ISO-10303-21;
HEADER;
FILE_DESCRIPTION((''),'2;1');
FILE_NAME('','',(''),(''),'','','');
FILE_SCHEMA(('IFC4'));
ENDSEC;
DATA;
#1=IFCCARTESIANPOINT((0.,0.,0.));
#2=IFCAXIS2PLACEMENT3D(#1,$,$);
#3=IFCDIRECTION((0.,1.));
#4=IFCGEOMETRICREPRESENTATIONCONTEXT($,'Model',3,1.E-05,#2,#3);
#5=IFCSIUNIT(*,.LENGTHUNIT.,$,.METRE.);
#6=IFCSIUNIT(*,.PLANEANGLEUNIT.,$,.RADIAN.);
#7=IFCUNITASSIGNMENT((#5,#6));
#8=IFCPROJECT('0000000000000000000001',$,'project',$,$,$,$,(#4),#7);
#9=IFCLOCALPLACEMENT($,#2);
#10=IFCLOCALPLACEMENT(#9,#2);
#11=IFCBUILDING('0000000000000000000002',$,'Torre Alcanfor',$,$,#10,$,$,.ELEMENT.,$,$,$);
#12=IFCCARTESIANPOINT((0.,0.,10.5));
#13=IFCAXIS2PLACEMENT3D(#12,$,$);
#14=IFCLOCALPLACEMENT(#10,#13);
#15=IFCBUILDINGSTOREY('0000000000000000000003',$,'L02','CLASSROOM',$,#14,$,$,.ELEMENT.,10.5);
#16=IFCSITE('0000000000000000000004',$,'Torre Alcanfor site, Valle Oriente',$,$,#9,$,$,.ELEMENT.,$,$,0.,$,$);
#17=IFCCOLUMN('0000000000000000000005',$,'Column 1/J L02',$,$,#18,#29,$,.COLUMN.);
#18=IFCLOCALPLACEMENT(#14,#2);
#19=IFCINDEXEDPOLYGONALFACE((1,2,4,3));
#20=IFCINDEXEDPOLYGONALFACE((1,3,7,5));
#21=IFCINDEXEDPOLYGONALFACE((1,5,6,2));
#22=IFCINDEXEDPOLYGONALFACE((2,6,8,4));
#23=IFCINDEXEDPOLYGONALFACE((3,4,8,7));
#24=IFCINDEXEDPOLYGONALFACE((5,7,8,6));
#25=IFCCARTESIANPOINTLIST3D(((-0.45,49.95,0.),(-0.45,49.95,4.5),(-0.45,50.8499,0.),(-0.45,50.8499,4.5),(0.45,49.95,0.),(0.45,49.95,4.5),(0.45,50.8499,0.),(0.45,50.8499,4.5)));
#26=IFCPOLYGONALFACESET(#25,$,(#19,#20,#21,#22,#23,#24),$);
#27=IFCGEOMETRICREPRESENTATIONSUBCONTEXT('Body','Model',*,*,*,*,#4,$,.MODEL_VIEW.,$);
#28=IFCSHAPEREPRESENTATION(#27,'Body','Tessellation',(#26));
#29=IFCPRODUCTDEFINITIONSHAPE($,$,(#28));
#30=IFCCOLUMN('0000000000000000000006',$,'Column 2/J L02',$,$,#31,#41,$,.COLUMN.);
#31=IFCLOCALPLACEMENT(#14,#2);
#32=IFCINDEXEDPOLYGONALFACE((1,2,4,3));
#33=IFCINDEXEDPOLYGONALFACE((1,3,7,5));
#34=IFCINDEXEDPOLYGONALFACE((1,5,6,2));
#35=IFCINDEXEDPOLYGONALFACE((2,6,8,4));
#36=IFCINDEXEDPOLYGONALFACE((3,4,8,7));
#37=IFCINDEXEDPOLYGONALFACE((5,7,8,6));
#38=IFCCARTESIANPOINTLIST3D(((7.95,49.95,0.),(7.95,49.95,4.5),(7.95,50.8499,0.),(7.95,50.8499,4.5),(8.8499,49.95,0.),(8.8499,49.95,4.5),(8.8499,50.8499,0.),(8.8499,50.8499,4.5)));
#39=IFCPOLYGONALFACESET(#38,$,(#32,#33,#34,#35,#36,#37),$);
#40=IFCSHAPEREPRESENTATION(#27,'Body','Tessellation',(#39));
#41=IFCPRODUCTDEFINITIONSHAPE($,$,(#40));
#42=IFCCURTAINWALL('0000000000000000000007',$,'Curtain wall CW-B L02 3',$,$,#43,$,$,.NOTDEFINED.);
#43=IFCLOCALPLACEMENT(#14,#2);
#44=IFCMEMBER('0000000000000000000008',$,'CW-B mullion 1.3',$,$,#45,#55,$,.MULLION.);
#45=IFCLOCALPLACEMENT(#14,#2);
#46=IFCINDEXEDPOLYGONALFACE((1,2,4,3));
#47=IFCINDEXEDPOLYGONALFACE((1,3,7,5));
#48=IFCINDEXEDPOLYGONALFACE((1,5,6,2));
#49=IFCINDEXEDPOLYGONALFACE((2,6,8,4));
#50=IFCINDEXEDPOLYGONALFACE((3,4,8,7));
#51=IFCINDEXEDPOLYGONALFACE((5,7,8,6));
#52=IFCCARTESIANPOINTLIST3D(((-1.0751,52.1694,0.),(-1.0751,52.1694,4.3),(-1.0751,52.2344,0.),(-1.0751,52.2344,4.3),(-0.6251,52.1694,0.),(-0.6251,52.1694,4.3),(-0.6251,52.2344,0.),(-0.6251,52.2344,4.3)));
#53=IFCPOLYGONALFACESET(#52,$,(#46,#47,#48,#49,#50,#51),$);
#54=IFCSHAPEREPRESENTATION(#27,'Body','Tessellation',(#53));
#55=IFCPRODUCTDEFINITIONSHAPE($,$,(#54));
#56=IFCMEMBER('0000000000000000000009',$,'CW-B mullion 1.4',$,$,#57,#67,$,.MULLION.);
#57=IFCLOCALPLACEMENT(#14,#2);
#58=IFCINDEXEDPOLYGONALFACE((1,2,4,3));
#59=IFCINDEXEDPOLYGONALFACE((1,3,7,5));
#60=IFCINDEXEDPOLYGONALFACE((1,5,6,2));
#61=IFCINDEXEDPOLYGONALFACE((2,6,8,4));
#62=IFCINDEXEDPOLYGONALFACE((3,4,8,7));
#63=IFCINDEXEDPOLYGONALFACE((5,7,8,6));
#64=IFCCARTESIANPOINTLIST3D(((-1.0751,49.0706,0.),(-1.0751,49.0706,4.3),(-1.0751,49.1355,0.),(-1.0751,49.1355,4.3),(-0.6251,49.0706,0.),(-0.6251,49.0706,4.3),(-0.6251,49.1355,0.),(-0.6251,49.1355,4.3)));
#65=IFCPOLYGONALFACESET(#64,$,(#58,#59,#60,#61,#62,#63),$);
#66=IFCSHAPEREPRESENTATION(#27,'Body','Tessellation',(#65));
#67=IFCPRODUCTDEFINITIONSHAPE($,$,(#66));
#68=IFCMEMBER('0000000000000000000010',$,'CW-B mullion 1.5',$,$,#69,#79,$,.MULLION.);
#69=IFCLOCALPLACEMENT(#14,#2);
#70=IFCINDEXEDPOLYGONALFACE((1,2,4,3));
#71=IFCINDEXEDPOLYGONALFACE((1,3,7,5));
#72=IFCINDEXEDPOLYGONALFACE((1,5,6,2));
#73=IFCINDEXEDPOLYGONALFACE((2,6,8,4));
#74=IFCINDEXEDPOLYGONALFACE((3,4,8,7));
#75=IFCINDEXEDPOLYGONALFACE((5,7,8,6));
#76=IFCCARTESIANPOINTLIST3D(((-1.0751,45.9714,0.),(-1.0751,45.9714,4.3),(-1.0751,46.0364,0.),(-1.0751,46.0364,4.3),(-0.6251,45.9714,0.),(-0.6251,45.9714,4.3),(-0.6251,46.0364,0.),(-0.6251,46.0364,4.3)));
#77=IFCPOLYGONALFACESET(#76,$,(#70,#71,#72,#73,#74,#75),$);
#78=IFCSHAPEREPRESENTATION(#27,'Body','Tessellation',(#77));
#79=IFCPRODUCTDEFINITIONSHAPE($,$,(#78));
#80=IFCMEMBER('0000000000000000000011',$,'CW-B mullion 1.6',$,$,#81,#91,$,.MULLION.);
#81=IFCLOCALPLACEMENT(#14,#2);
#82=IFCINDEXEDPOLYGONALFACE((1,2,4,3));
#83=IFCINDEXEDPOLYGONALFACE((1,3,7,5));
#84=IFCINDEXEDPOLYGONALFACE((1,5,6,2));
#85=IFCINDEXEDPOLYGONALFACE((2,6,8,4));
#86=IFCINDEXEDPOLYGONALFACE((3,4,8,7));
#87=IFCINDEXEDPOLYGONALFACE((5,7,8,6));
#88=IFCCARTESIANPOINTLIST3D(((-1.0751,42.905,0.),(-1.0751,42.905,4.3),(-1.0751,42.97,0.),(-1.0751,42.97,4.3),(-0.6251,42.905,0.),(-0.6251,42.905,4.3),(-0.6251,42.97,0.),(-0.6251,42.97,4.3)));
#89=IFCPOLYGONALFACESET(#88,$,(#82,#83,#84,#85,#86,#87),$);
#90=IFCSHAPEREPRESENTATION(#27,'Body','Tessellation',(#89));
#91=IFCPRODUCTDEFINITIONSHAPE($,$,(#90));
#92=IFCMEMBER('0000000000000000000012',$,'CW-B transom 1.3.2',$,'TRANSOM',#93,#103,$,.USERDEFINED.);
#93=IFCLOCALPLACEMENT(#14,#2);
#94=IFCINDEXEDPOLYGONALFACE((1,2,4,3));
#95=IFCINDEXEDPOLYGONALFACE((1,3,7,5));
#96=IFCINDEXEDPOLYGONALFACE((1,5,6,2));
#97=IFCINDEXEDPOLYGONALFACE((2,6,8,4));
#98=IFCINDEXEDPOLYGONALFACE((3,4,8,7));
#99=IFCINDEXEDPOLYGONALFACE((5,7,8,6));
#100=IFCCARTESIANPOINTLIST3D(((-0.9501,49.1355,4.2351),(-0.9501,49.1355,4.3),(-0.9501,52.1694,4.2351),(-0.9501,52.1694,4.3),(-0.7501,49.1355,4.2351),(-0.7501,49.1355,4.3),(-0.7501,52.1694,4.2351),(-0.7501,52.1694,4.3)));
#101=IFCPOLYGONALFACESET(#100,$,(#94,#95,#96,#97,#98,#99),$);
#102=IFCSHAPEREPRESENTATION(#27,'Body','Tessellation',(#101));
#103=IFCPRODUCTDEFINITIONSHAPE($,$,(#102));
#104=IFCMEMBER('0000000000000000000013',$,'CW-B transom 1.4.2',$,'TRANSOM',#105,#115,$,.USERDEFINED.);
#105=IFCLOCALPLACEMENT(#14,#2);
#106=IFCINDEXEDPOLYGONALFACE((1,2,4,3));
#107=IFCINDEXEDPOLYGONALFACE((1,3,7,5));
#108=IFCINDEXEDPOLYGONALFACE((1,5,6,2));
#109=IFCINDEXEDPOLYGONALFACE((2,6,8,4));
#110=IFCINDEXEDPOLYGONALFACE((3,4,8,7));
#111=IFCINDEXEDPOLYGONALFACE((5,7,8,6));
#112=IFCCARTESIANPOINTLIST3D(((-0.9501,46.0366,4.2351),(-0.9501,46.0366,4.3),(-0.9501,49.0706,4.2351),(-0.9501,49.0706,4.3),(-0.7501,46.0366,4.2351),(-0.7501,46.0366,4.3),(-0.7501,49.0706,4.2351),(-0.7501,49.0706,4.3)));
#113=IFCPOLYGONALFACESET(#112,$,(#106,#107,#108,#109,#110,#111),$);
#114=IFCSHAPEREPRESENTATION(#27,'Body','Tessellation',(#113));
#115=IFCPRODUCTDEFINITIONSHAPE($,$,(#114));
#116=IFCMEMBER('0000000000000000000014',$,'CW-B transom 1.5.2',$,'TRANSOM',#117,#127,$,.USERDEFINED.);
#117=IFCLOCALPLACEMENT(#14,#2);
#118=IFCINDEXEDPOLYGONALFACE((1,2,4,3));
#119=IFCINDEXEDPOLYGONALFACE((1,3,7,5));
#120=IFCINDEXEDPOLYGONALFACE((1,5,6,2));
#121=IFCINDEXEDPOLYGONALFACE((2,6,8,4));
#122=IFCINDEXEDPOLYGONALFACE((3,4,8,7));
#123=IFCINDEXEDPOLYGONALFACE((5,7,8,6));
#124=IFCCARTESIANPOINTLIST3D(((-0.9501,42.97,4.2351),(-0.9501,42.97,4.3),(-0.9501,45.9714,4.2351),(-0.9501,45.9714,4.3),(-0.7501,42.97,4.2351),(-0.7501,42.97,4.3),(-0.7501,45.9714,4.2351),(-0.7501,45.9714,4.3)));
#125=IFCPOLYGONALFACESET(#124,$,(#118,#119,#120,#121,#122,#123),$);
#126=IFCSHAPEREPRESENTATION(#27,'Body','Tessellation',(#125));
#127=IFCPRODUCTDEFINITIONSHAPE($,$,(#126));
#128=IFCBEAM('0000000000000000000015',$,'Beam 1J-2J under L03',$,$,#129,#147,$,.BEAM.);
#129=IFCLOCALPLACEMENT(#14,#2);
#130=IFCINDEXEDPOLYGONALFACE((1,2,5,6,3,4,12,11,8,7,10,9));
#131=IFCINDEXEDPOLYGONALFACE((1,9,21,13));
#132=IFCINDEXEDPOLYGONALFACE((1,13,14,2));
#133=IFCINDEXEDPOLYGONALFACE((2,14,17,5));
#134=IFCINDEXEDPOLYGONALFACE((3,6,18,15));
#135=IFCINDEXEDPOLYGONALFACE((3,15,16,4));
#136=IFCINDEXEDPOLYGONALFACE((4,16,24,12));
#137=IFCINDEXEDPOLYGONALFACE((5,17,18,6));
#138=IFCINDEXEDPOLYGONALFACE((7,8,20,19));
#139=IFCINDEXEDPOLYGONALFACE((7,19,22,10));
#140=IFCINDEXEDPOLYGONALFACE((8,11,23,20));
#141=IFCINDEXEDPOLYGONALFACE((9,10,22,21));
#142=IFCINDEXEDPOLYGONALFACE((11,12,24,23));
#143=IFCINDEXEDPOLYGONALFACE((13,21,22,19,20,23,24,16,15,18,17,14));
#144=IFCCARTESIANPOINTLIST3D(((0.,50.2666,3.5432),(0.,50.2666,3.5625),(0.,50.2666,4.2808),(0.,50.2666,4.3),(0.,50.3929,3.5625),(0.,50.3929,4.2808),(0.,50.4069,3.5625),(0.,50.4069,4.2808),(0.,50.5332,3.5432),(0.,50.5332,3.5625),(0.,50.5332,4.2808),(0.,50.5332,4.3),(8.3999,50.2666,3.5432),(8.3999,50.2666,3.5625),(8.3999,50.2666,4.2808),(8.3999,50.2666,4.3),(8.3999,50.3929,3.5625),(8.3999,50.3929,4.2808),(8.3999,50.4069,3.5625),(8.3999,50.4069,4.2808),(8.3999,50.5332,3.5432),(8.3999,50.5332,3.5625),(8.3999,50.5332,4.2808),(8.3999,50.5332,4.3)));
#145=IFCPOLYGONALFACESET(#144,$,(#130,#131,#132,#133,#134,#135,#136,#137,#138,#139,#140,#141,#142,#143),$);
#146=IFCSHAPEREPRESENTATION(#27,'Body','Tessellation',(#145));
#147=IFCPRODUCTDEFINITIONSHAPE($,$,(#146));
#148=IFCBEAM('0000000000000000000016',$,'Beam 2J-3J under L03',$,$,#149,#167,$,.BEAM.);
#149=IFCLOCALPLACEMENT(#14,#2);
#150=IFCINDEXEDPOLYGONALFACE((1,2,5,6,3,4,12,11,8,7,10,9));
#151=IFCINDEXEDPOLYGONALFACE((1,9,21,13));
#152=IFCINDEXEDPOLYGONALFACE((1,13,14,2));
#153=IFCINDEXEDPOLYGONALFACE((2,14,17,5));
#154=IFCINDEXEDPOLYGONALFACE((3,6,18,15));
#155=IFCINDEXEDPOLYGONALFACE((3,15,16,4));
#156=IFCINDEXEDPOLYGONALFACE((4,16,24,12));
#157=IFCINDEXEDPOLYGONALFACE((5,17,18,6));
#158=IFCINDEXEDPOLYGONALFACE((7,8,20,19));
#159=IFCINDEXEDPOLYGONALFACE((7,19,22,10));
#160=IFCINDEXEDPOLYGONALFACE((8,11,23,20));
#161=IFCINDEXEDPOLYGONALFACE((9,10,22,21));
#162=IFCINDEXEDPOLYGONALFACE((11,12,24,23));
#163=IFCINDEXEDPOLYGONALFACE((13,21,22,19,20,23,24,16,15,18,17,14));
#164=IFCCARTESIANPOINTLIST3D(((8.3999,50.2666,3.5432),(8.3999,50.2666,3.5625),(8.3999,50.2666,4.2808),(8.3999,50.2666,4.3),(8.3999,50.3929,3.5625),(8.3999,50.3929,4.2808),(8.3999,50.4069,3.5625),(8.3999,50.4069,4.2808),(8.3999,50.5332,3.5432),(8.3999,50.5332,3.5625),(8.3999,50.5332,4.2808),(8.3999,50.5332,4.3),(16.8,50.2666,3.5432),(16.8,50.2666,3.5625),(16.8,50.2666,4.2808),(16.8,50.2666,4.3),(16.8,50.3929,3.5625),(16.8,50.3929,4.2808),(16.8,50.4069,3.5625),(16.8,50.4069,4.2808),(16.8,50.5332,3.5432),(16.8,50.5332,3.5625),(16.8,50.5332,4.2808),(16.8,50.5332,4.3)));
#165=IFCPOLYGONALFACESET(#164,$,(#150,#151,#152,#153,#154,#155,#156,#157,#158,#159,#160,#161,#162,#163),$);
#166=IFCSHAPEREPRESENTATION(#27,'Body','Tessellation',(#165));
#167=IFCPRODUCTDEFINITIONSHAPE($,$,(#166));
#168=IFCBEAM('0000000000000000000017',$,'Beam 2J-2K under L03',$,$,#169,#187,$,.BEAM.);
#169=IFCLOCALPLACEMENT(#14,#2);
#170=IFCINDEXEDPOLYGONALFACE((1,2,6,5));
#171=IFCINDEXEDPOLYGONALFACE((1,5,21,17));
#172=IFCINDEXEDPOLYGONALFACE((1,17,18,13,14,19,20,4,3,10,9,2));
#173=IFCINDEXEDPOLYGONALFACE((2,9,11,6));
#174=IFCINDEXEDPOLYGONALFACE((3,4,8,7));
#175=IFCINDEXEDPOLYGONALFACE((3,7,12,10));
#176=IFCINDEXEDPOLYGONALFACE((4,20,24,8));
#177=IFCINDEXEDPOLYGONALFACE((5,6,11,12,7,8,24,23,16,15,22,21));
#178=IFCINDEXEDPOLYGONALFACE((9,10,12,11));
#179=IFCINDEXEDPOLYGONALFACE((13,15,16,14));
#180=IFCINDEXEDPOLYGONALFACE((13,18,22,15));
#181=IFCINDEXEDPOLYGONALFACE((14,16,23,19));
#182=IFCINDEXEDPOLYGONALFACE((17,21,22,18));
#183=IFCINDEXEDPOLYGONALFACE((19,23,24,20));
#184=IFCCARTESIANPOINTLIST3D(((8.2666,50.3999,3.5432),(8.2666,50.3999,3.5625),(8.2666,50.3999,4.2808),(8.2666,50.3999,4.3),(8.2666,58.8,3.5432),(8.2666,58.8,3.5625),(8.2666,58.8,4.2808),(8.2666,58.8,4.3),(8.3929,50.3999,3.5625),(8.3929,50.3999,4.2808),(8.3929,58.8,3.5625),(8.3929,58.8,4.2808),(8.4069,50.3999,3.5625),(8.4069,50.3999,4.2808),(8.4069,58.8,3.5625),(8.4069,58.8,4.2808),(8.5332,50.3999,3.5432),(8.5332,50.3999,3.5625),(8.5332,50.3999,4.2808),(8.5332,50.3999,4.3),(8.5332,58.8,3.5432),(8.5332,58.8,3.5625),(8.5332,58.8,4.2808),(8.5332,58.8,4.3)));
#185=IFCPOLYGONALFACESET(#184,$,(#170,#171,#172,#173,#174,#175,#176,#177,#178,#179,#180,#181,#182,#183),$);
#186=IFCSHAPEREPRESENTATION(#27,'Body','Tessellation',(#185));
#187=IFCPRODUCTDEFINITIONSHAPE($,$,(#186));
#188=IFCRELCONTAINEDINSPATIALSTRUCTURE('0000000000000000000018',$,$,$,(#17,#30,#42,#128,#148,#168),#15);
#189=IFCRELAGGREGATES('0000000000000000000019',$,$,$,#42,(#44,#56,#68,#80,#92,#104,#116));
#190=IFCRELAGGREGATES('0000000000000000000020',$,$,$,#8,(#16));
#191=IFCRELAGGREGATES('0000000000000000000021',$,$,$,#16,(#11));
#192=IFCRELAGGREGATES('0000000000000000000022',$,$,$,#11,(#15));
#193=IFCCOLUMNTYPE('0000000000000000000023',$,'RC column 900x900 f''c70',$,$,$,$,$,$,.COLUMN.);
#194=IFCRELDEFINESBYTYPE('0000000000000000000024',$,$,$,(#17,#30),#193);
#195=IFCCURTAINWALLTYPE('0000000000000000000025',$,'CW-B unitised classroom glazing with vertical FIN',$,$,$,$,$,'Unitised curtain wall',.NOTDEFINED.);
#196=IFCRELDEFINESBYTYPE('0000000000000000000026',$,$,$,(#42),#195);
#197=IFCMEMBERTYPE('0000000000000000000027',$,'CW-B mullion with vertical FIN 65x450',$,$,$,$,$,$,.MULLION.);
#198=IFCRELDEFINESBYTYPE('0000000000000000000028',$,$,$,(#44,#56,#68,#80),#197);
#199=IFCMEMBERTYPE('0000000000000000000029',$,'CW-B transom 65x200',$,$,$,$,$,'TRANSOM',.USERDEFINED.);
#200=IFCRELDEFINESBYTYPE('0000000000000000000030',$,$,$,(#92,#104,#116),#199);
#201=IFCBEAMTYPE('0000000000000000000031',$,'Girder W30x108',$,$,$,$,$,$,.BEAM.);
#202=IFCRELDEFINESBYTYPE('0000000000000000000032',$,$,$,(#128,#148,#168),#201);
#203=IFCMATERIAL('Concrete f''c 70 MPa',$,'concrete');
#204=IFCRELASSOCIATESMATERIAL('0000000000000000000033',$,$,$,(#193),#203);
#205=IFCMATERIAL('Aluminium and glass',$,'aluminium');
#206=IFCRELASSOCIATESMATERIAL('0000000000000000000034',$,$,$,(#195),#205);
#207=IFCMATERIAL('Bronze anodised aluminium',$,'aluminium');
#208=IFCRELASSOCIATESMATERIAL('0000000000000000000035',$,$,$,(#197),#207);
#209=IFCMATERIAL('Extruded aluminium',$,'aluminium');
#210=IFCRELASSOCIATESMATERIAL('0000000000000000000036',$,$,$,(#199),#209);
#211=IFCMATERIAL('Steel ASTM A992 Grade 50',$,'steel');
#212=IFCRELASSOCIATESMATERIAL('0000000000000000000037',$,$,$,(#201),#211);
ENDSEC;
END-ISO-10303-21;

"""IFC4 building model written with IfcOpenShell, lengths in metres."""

from ifc_helpers import new_model, si_unit, direction, frame, origin, origin_2d, place, context, subcontext, project, spatial, rectangle, i_section, extrude, material, material_profile, profile_set, type_object, element, aggregate, save


model = new_model("IFC4")

# Units and contexts
model_context = context("Model", 3, precision=1e-05, world=origin(), true_north=direction((0.0, 1.0)))
body_context = subcontext(model_context, "Body", "Model", "MODEL_VIEW")
ifc_project = project(units=[si_unit("LENGTHUNIT", "METRE"), si_unit("PLANEANGLEUNIT", "RADIAN")], contexts=[model_context])

# Site, building, storey
site_placement = place(None, origin())
site = spatial("IfcSite", under=ifc_project, at=site_placement, Name="Torre Alcanfor site, Valle Oriente", CompositionType="ELEMENT", RefElevation=0.0)
building_placement = place(site_placement, origin())
building = spatial("IfcBuilding", under=site, at=building_placement, Name="Torre Alcanfor", CompositionType="ELEMENT")
storey_placement = place(building_placement, frame((0.0, 0.0, 10.5)))
storey = spatial("IfcBuildingStorey", under=building, at=storey_placement, Name="L02", Description="CLASSROOM", CompositionType="ELEMENT", Elevation=10.5)

# Columns
ifc_material_1 = material(Name="Concrete f'c 70 MPa", Category="concrete")
ifc_material_profile_1 = material_profile(ifc_material_1, rectangle(XDim=0.8999, YDim=0.8999, at=origin_2d()), Name="900x900")
ifc_profile_set_1 = profile_set([ifc_material_profile_1], Name="Concrete f'c 70 MPa")
column_type = type_object("IfcColumnType", Name="RC column 900x900 f'c70", PredefinedType="COLUMN", material=ifc_profile_set_1)
for number, where, z_axis, x_axis, name in (
    (1, (0.0, 50.3999, 0.0), (0.0, 0.0, 1.0), (1.0, 0.0, 0.0), "Column 1/J L02"),
    (2, (8.3999, 50.3999, 0.0), (0.0, 0.0, 1.0), (1.0, 0.0, 0.0), "Column 2/J L02"),
):
    element("IfcColumn", number, at=place(storey_placement, frame(where, z_axis=z_axis, x_axis=x_axis)), inside=storey, type_object=column_type, Name=name, PredefinedType="COLUMN", context=body_context, shape_type="SweptSolid", body=[
        extrude(rectangle(XDim=0.8999, YDim=0.8999, at=origin_2d()), origin(), (0.0, 0.0, 1.0), 4.5),
    ])

# Curtain wall, members
ifc_material_2 = material(Name="Aluminium and glass", Category="aluminium")
curtain_wall_type = type_object("IfcCurtainWallType", Name="CW-B unitised classroom glazing with vertical FIN", ElementType="Unitised curtain wall", PredefinedType="NOTDEFINED", material=ifc_material_2)
curtain_wall_placement = place(storey_placement, origin())
curtain_wall = element("IfcCurtainWall", 3, at=curtain_wall_placement, inside=storey, type_object=curtain_wall_type, Name="Curtain wall CW-B L02 3", PredefinedType="NOTDEFINED")
ifc_material_3 = material(Name="Bronze anodised aluminium", Category="aluminium")
ifc_material_profile_2 = material_profile(ifc_material_3, rectangle(XDim=0.45, YDim=0.0649, at=origin_2d()), Name="CW-B mullion 65x450")
ifc_profile_set_2 = profile_set([ifc_material_profile_2], Name="Bronze anodised aluminium")
member_type_1 = type_object("IfcMemberType", Name="CW-B mullion with vertical FIN 65x450", PredefinedType="MULLION", material=ifc_profile_set_2)
member_1_placement = place(storey_placement, frame((-0.8501, 52.2019, 0.0), z_axis=(0.0, 0.0, 1.0), x_axis=(1.0, 0.0, 0.0)))
member_1 = element("IfcMember", 4, at=member_1_placement, type_object=member_type_1, Name="CW-B mullion 1.3", PredefinedType="MULLION", context=body_context, shape_type="SweptSolid", body=[
    extrude(rectangle(XDim=0.45, YDim=0.0649, at=origin_2d()), origin(), (0.0, 0.0, 1.0), 4.3),
])
member_2_placement = place(storey_placement, frame((-0.8501, 49.103, 0.0), z_axis=(0.0, 0.0, 1.0), x_axis=(1.0, 0.0, 0.0)))
member_2 = element("IfcMember", 5, at=member_2_placement, type_object=member_type_1, Name="CW-B mullion 1.4", PredefinedType="MULLION", context=body_context, shape_type="SweptSolid", body=[
    extrude(rectangle(XDim=0.45, YDim=0.0649, at=origin_2d()), origin(), (0.0, 0.0, 1.0), 4.3),
])
member_3_placement = place(storey_placement, frame((-0.8501, 46.0039, 0.0), z_axis=(0.0, 0.0, 1.0), x_axis=(1.0, 0.0, 0.0)))
member_3 = element("IfcMember", 6, at=member_3_placement, type_object=member_type_1, Name="CW-B mullion 1.5", PredefinedType="MULLION", context=body_context, shape_type="SweptSolid", body=[
    extrude(rectangle(XDim=0.45, YDim=0.0649, at=origin_2d()), origin(), (0.0, 0.0, 1.0), 4.3),
])
member_4_placement = place(storey_placement, frame((-0.8501, 42.9375, 0.0), z_axis=(0.0, 0.0, 1.0), x_axis=(1.0, 0.0, 0.0)))
member_4 = element("IfcMember", 7, at=member_4_placement, type_object=member_type_1, Name="CW-B mullion 1.6", PredefinedType="MULLION", context=body_context, shape_type="SweptSolid", body=[
    extrude(rectangle(XDim=0.45, YDim=0.0649, at=origin_2d()), origin(), (0.0, 0.0, 1.0), 4.3),
])
ifc_material_4 = material(Name="Extruded aluminium", Category="aluminium")
ifc_material_profile_3 = material_profile(ifc_material_4, rectangle(XDim=0.2, YDim=0.0649, at=origin_2d()), Name="CW-B transom 200x65")
ifc_profile_set_3 = profile_set([ifc_material_profile_3], Name="Extruded aluminium")
member_type_2 = type_object("IfcMemberType", Name="CW-B transom 65x200", ElementType="TRANSOM", PredefinedType="USERDEFINED", material=ifc_profile_set_3)
member_5_placement = place(storey_placement, frame((-0.8501, 52.1694, 4.2676), z_axis=(0.0, -1.0, 0.0), x_axis=(1.0, 0.0, 0.0)))
member_5 = element("IfcMember", 8, at=member_5_placement, type_object=member_type_2, Name="CW-B transom 1.3.2", ObjectType="TRANSOM", PredefinedType="USERDEFINED", context=body_context, shape_type="SweptSolid", body=[
    extrude(rectangle(XDim=0.2, YDim=0.0649, at=origin_2d()), origin(), (0.0, 0.0, 1.0), 3.0339),
])
member_6_placement = place(storey_placement, frame((-0.8501, 49.0706, 4.2676), z_axis=(0.0, -1.0, 0.0), x_axis=(1.0, 0.0, 0.0)))
member_6 = element("IfcMember", 9, at=member_6_placement, type_object=member_type_2, Name="CW-B transom 1.4.2", ObjectType="TRANSOM", PredefinedType="USERDEFINED", context=body_context, shape_type="SweptSolid", body=[
    extrude(rectangle(XDim=0.2, YDim=0.0649, at=origin_2d()), origin(), (0.0, 0.0, 1.0), 3.0339),
])
member_7_placement = place(storey_placement, frame((-0.8501, 45.9714, 4.2676), z_axis=(0.0, -1.0, 0.0), x_axis=(1.0, 0.0, 0.0)))
member_7 = element("IfcMember", 10, at=member_7_placement, type_object=member_type_2, Name="CW-B transom 1.5.2", ObjectType="TRANSOM", PredefinedType="USERDEFINED", context=body_context, shape_type="SweptSolid", body=[
    extrude(rectangle(XDim=0.2, YDim=0.0649, at=origin_2d()), origin(), (0.0, 0.0, 1.0), 3.0015),
])

# Beams
ifc_material_5 = material(Name="Steel ASTM A992 Grade 50", Category="steel")
ifc_material_profile_4 = material_profile(ifc_material_5, i_section(OverallWidth=0.2666, OverallDepth=0.7568, WebThickness=0.0139, FlangeThickness=0.0193, at=origin_2d()), Name="W30x108")
ifc_profile_set_4 = profile_set([ifc_material_profile_4], Name="Steel ASTM A992 Grade 50")
beam_type_1 = type_object("IfcBeamType", Name="Girder W30x108", PredefinedType="BEAM", material=ifc_profile_set_4)
beam_1_placement = place(storey_placement, frame((0.0, 50.3999, 3.9216), z_axis=(1.0, 0.0, 0.0), x_axis=(0.0, 1.0, 0.0)))
element("IfcBeam", 11, at=beam_1_placement, inside=storey, type_object=beam_type_1, Name="Beam 1J-2J under L03", PredefinedType="BEAM", context=body_context, shape_type="SweptSolid", body=[
    extrude(i_section(OverallWidth=0.2666, OverallDepth=0.7568, WebThickness=0.0139, FlangeThickness=0.0193, at=origin_2d()), origin(), (0.0, 0.0, 1.0), 8.3999),
])
for number, where, z_axis, x_axis, name in (
    (12, (8.3999, 50.3999, 3.9216), (1.0, 0.0, 0.0), (0.0, 1.0, 0.0), "Beam 2J-3J under L03"),
    (13, (8.3999, 50.3999, 3.9216), (0.0, 1.0, 0.0), (-1.0, 0.0, 0.0), "Beam 2J-2K under L03"),
):
    element("IfcBeam", number, at=place(storey_placement, frame(where, z_axis=z_axis, x_axis=x_axis)), inside=storey, type_object=beam_type_1, Name=name, PredefinedType="BEAM", context=body_context, shape_type="SweptSolid", body=[
        extrude(i_section(OverallWidth=0.2666, OverallDepth=0.7568, WebThickness=0.0139, FlangeThickness=0.0193, at=origin_2d()), origin(), (0.0, 0.0, 1.0), 8.4001),
    ])

aggregate(curtain_wall, [member_1, member_2, member_3, member_4, member_5, member_6, member_7])

save(model, "model.ifc")
